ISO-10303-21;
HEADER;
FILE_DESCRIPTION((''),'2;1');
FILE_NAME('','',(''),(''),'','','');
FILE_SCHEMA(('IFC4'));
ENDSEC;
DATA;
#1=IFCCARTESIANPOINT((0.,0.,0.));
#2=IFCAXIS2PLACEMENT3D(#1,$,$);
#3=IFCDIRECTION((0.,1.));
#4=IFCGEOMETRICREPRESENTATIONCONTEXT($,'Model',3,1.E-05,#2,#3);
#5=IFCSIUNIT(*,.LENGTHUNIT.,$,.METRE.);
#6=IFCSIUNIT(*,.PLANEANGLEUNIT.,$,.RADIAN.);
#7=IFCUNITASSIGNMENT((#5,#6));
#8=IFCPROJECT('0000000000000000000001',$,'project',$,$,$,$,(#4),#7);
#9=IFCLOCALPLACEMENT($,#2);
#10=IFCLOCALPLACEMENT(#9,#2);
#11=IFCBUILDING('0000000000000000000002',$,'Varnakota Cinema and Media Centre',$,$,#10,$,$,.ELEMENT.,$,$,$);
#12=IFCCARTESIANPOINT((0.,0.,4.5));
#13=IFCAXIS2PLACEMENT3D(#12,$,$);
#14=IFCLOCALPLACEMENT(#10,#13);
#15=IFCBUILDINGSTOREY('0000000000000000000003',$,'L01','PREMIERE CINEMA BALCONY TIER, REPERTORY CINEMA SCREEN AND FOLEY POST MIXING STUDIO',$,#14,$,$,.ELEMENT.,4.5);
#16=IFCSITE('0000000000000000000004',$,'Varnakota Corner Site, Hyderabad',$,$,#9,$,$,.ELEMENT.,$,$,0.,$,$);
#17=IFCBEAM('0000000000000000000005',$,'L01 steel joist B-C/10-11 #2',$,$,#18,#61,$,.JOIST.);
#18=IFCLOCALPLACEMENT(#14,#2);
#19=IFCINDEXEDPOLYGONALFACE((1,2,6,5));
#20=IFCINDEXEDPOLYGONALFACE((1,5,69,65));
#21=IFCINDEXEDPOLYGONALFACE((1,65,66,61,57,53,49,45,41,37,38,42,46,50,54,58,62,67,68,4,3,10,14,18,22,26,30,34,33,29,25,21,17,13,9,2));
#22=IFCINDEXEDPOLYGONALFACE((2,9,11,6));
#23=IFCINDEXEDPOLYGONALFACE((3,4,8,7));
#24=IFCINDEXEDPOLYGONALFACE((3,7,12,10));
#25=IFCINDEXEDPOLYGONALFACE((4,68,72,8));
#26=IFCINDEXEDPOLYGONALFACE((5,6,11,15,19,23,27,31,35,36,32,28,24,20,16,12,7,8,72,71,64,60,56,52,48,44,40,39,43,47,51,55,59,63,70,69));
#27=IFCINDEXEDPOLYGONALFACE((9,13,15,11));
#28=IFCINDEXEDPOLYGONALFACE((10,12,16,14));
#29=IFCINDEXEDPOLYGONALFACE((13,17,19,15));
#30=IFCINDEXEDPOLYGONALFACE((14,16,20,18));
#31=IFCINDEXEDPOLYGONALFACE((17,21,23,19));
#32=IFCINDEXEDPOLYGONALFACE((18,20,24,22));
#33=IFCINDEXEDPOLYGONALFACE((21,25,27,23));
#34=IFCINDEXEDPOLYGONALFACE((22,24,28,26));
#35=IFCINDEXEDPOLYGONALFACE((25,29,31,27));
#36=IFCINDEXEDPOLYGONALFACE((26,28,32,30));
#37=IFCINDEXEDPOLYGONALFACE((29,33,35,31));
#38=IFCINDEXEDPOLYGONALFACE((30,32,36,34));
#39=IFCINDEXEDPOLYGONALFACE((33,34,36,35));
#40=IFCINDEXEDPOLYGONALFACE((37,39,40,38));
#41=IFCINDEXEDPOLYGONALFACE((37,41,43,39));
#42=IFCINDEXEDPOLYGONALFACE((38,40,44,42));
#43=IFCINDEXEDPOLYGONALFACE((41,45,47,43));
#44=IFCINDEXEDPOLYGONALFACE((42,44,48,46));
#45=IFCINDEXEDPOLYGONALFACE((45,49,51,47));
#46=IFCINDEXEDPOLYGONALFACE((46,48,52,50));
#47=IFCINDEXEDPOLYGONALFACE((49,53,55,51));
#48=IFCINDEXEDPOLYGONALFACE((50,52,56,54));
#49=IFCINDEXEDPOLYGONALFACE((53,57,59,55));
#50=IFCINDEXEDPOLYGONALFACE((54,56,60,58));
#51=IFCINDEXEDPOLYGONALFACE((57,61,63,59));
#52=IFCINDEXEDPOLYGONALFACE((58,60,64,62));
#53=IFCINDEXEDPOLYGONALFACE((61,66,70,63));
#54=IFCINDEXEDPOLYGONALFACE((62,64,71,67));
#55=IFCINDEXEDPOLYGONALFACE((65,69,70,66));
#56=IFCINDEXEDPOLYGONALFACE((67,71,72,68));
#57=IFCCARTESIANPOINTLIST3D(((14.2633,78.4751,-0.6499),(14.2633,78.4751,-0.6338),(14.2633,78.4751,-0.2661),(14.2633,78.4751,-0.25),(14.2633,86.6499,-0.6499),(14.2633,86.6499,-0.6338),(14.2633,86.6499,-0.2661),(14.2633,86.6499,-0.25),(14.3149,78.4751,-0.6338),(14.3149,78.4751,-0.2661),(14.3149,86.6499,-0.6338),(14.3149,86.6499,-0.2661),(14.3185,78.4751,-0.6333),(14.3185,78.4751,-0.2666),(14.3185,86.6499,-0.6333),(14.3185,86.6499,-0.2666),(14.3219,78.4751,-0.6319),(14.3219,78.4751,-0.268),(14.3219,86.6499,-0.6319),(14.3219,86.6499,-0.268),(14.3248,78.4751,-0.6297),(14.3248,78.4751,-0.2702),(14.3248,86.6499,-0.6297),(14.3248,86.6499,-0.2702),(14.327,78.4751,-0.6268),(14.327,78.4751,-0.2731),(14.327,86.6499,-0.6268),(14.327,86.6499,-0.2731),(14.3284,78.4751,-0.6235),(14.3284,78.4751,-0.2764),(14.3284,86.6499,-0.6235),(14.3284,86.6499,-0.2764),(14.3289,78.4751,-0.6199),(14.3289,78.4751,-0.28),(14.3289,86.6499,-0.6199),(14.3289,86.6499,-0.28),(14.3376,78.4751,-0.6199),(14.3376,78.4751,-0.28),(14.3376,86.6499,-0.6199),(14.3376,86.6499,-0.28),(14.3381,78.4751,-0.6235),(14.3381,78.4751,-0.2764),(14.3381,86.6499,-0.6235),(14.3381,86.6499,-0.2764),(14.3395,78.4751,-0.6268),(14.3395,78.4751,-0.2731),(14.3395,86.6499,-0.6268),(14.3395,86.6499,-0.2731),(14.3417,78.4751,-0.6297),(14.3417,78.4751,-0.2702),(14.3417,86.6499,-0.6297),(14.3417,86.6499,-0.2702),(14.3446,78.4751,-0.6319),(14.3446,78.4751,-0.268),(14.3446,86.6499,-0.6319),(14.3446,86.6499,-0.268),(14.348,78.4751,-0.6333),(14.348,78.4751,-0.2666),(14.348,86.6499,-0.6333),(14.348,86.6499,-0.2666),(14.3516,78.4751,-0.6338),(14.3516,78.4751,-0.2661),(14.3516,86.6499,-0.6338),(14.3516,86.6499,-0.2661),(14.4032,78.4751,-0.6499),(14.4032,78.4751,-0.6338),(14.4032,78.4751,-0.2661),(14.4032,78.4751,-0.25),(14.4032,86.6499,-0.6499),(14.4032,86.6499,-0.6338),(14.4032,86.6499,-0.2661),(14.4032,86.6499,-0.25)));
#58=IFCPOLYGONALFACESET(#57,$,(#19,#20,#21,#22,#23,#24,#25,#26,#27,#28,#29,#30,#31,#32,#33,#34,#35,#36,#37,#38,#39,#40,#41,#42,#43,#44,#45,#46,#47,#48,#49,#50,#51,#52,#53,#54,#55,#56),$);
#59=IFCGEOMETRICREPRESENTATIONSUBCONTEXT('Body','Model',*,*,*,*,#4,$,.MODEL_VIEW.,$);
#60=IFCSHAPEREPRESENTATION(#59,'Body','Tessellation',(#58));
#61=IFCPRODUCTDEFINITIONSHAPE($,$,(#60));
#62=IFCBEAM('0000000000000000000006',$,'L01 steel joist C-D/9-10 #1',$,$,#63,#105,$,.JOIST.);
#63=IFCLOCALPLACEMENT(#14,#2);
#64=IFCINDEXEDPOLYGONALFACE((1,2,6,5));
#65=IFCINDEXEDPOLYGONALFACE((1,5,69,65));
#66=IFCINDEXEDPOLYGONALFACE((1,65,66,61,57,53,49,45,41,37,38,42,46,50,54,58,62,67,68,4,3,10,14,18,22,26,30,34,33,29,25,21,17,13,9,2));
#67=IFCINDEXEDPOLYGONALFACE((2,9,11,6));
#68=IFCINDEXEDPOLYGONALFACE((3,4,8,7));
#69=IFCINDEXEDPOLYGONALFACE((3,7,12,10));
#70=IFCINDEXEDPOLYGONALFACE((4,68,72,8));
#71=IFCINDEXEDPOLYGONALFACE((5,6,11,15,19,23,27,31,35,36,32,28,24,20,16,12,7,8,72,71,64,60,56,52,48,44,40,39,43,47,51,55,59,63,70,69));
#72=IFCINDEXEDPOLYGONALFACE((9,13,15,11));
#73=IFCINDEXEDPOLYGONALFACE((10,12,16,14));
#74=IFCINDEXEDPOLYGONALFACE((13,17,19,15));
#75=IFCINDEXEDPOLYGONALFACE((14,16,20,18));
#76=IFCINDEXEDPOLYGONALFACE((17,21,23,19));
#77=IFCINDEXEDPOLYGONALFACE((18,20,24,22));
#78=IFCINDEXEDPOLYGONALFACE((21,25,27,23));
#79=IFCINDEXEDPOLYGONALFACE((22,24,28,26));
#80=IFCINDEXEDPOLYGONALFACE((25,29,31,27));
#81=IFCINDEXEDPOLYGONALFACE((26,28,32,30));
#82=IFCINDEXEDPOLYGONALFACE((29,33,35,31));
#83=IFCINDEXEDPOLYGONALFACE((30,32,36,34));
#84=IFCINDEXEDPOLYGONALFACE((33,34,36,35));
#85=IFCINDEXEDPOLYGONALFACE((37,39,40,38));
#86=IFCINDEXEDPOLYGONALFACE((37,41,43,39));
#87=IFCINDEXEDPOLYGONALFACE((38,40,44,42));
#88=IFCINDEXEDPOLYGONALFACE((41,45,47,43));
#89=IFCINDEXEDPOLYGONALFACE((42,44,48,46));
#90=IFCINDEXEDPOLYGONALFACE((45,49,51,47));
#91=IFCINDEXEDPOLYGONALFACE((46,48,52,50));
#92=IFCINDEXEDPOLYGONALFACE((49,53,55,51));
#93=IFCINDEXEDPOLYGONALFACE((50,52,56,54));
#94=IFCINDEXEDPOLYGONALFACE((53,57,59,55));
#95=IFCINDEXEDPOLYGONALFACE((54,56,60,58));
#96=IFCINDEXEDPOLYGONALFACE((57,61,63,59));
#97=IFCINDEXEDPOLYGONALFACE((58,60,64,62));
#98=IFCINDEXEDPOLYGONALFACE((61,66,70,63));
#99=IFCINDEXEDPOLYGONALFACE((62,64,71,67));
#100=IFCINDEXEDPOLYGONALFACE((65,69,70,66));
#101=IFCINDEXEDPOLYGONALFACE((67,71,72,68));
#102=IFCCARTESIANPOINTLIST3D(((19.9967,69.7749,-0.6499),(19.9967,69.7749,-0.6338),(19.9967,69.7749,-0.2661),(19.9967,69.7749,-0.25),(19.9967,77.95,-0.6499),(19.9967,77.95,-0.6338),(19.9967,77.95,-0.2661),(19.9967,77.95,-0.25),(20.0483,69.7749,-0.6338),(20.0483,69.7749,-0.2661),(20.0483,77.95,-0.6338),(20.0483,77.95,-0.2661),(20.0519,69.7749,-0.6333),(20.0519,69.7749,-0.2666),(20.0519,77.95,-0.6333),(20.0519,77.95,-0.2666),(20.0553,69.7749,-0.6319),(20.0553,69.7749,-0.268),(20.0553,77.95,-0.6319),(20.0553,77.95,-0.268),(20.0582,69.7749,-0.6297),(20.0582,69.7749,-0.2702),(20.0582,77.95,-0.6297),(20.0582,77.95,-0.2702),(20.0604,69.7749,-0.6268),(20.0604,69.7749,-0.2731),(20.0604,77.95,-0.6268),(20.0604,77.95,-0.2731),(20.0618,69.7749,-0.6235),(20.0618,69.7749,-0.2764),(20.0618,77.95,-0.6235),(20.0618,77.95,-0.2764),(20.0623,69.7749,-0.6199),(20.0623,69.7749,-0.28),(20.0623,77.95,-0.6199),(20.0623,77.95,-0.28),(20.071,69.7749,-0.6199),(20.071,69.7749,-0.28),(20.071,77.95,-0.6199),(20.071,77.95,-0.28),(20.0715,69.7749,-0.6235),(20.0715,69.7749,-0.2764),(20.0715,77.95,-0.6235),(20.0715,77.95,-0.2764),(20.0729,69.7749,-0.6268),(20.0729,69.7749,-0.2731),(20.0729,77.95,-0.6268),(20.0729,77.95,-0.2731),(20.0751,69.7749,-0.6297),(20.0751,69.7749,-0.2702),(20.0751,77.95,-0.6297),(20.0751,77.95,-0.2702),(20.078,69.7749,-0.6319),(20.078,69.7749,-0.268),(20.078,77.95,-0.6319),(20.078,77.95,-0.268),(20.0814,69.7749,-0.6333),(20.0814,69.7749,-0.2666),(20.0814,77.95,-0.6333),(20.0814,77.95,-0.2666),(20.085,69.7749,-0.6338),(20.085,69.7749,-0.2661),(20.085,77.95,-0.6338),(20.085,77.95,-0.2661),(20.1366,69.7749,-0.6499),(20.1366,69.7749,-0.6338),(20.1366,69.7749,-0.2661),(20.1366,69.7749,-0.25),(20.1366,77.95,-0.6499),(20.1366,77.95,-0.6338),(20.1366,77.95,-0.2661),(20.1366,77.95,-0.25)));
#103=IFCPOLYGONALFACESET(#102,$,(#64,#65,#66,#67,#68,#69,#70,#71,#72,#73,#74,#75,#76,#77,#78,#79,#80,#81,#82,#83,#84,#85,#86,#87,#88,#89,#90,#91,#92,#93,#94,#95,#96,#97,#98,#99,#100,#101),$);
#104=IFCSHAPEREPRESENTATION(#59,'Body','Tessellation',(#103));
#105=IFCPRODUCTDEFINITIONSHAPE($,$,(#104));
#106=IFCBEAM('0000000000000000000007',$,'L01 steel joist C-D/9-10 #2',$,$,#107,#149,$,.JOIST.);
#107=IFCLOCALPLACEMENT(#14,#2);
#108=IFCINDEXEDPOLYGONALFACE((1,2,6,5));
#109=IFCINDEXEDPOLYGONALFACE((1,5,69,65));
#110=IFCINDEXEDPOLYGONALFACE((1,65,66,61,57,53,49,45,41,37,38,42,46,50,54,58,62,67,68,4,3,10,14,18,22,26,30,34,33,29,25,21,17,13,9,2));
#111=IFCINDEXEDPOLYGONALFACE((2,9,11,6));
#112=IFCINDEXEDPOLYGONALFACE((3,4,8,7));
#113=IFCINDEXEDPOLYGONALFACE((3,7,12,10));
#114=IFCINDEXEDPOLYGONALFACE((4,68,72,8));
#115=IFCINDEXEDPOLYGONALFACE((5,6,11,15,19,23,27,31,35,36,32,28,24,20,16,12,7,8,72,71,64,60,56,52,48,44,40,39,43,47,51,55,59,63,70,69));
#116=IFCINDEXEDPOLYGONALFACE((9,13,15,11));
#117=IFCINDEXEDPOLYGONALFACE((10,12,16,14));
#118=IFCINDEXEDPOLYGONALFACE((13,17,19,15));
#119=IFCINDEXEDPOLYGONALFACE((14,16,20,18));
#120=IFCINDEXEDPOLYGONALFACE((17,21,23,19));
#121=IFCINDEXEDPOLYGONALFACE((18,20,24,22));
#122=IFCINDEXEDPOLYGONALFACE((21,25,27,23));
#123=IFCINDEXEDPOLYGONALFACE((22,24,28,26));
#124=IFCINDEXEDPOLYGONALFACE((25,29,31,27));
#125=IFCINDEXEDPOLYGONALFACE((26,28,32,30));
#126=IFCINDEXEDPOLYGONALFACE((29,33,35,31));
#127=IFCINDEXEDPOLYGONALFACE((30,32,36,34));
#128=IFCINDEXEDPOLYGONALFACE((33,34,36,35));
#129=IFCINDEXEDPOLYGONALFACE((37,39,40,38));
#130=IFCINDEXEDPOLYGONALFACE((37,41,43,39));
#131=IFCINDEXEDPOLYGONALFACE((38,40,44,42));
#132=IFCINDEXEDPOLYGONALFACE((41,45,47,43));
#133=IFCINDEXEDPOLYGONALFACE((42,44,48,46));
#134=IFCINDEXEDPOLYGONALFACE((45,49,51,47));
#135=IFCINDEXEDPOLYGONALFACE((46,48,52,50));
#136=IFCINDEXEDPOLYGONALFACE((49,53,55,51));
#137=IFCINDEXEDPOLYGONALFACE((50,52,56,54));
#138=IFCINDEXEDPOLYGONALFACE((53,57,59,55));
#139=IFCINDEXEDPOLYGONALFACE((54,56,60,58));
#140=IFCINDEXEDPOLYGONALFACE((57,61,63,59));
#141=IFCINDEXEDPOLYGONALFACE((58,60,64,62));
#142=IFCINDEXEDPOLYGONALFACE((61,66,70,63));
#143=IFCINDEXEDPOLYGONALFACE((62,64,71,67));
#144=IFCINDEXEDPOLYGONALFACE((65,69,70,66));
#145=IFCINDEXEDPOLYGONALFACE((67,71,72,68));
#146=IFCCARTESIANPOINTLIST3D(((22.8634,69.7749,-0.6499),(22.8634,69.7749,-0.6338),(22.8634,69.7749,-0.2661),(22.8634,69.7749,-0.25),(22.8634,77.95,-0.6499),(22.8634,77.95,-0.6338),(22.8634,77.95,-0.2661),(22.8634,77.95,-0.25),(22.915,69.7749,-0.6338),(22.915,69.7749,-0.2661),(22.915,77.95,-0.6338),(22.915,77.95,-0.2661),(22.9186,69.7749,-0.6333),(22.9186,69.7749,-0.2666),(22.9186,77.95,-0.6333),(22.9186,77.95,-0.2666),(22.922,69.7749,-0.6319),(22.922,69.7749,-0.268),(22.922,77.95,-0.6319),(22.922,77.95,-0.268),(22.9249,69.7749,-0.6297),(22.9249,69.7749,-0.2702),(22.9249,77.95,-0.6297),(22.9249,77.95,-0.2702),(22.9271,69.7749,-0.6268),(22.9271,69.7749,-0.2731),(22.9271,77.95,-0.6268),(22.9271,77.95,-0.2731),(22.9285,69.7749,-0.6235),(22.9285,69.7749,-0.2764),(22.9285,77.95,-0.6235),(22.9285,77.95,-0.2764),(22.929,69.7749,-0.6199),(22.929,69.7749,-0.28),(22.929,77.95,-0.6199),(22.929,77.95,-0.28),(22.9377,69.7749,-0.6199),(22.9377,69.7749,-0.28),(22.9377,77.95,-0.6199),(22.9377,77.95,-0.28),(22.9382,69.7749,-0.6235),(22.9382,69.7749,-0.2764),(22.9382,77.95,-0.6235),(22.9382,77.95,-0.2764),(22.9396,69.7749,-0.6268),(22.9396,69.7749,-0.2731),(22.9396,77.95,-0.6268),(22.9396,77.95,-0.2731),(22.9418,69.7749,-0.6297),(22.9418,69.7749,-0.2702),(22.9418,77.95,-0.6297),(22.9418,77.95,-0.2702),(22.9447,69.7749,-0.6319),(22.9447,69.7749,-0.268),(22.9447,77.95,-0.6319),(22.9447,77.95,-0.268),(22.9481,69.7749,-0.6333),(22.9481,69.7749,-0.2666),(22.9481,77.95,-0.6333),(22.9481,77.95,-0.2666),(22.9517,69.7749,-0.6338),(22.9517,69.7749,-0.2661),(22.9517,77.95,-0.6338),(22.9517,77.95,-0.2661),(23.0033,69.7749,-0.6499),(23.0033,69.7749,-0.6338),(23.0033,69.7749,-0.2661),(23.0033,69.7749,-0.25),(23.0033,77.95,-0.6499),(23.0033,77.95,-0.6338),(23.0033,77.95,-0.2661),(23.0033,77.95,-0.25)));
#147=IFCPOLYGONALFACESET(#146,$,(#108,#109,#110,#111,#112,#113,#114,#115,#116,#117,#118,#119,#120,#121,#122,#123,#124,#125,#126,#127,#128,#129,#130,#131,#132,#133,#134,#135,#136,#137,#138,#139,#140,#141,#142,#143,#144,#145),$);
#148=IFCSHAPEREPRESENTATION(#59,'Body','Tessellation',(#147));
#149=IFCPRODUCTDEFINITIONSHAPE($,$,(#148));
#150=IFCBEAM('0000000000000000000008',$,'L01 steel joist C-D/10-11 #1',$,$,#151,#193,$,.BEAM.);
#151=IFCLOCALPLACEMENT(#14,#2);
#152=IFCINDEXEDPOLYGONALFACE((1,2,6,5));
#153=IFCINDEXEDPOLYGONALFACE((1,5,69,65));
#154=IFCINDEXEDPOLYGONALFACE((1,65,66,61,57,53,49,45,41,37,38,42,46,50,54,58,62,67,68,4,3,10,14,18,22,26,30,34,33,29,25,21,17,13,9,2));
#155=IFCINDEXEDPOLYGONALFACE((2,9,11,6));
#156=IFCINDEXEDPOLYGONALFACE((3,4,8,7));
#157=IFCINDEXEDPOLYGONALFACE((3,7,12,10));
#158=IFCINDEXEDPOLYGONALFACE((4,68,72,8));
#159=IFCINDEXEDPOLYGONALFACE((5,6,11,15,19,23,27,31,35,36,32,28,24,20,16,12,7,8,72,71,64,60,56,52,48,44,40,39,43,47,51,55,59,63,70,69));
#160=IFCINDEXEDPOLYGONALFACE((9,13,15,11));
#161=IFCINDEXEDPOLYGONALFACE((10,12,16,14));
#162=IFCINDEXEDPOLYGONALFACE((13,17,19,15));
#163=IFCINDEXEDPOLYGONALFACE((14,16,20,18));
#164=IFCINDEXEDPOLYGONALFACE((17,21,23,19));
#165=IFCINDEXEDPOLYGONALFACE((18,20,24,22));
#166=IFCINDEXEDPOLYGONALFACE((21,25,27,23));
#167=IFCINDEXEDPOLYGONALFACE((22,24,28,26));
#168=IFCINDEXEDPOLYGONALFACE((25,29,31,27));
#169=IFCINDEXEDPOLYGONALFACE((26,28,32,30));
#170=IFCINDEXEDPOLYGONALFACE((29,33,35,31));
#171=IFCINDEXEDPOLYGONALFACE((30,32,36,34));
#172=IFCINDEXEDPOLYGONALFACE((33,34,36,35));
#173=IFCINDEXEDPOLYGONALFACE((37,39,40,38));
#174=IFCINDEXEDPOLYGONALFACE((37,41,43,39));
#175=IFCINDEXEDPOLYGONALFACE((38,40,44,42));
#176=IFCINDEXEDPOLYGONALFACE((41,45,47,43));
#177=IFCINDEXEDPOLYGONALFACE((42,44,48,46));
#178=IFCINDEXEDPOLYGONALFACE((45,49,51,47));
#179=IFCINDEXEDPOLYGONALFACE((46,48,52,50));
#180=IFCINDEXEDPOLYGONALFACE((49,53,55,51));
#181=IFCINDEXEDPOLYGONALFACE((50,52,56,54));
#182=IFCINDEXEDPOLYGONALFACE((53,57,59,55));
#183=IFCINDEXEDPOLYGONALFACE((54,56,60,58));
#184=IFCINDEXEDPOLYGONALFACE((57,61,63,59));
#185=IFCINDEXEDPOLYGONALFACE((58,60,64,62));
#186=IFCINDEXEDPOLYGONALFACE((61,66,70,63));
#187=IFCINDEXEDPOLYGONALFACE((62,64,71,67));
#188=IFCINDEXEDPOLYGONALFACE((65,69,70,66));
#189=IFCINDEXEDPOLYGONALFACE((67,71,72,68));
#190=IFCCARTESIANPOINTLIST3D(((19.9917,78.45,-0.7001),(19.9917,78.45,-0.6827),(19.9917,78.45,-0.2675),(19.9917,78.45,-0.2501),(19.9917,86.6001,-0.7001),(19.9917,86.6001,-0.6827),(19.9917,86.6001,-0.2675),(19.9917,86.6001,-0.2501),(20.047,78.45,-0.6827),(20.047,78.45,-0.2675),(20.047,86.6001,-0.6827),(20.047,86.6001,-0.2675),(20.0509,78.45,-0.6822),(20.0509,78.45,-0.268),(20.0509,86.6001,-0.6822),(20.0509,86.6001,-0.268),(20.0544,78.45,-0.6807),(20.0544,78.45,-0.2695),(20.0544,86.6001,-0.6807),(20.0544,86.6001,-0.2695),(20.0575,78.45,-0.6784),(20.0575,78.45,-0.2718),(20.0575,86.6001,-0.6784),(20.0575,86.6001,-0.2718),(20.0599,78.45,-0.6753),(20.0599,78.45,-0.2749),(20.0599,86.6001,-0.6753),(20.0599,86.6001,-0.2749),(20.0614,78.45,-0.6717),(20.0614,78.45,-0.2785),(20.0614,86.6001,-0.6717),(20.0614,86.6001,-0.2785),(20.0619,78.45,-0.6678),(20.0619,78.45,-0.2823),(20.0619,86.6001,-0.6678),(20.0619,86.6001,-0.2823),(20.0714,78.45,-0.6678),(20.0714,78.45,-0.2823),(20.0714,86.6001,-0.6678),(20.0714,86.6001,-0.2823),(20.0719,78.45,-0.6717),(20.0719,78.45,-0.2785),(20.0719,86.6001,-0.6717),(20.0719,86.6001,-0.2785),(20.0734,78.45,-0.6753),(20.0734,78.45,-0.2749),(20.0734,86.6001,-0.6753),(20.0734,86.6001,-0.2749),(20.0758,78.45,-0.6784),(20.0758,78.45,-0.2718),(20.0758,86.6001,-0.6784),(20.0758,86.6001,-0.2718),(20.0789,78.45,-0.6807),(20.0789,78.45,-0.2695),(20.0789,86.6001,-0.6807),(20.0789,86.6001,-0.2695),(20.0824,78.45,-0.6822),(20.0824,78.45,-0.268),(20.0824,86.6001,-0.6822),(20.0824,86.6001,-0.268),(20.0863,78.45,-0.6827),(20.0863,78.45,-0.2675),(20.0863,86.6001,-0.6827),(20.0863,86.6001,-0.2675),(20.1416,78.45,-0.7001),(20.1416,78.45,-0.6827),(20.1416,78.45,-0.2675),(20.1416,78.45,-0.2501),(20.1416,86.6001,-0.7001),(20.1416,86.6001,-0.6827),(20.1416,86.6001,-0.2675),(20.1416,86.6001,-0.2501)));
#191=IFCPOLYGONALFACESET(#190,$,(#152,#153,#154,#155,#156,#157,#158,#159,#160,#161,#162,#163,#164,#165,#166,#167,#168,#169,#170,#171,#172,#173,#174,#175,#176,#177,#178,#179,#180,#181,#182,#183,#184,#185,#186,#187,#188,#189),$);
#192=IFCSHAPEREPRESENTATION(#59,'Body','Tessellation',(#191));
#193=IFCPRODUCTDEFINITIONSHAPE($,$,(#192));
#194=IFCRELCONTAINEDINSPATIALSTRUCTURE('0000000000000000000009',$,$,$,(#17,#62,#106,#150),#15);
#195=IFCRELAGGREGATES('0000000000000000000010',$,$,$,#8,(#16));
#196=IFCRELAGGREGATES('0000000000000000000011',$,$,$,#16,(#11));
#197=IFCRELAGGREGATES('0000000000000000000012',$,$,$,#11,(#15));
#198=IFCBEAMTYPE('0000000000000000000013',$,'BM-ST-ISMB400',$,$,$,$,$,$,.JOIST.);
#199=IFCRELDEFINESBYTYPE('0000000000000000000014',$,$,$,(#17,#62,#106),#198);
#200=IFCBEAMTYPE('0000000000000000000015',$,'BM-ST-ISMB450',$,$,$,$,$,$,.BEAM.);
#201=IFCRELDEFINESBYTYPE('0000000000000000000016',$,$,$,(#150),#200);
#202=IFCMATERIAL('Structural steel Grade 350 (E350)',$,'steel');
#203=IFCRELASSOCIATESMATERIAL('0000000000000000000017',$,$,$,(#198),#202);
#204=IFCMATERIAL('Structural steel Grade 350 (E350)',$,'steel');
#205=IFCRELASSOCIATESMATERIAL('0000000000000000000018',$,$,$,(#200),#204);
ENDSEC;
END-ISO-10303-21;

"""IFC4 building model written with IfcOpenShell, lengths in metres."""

from ifc_helpers import new_model, si_unit, direction, frame, origin, origin_2d, place, context, subcontext, project, spatial, i_section, extrude, material, material_profile, profile_set, type_object, element, save


model = new_model("IFC4")

# Units and contexts
model_context = context("Model", 3, precision=1e-05, world=origin(), true_north=direction((0.0, 1.0)))
body_context = subcontext(model_context, "Body", "Model", "MODEL_VIEW")
ifc_project = project(units=[si_unit("LENGTHUNIT", "METRE"), si_unit("PLANEANGLEUNIT", "RADIAN")], contexts=[model_context])

# Site, building, storey
site_placement = place(None, origin())
site = spatial("IfcSite", under=ifc_project, at=site_placement, Name="Varnakota Corner Site, Hyderabad", CompositionType="ELEMENT", RefElevation=0.0)
building_placement = place(site_placement, origin())
building = spatial("IfcBuilding", under=site, at=building_placement, Name="Varnakota Cinema and Media Centre", CompositionType="ELEMENT")
storey_placement = place(building_placement, frame((0.0, 0.0, 4.5)))
storey = spatial("IfcBuildingStorey", under=building, at=storey_placement, Name="L01", Description="PREMIERE CINEMA BALCONY TIER, REPERTORY CINEMA SCREEN AND FOLEY POST MIXING STUDIO", CompositionType="ELEMENT", Elevation=4.5)

# Beams
ifc_material_1 = material(Name="Structural steel Grade 350 (E350)", Category="steel")
ifc_material_profile_1 = material_profile(ifc_material_1, i_section(OverallWidth=0.1399, OverallDepth=0.3999, WebThickness=0.0088, FlangeThickness=0.0161, FilletRadius=0.0139, at=origin_2d()), Name="ISMB 400")
ifc_profile_set_1 = profile_set([ifc_material_profile_1], Name="Structural steel Grade 350 (E350)")
beam_type_1 = type_object("IfcBeamType", Name="BM-ST-ISMB400", PredefinedType="JOIST", material=ifc_profile_set_1)
for number, where, z_axis, x_axis, name in (
    (1, (14.3333, 78.4751, -0.45), (0.0, 1.0, 0.0), (-1.0, 0.0, 0.0), "L01 steel joist B-C/10-11 #2"),
):
    element("IfcBeam", number, at=place(storey_placement, frame(where, z_axis=z_axis, x_axis=x_axis)), inside=storey, type_object=beam_type_1, Name=name, PredefinedType="JOIST", context=body_context, shape_type="SweptSolid", body=[
        extrude(i_section(OverallWidth=0.1399, OverallDepth=0.3999, WebThickness=0.0088, FlangeThickness=0.0161, FilletRadius=0.0139, at=origin_2d()), origin(), (0.0, 0.0, 1.0), 8.1748),
    ])
for number, where, z_axis, x_axis, name in (
    (2, (20.0667, 69.7749, -0.45), (0.0, 1.0, 0.0), (-1.0, 0.0, 0.0), "L01 steel joist C-D/9-10 #1"),
    (3, (22.9333, 69.7749, -0.45), (0.0, 1.0, 0.0), (-1.0, 0.0, 0.0), "L01 steel joist C-D/9-10 #2"),
):
    element("IfcBeam", number, at=place(storey_placement, frame(where, z_axis=z_axis, x_axis=x_axis)), inside=storey, type_object=beam_type_1, Name=name, PredefinedType="JOIST", context=body_context, shape_type="SweptSolid", body=[
        extrude(i_section(OverallWidth=0.1399, OverallDepth=0.3999, WebThickness=0.0088, FlangeThickness=0.0161, FilletRadius=0.0139, at=origin_2d()), origin(), (0.0, 0.0, 1.0), 8.175),
    ])
ifc_material_2 = material(Name="Structural steel Grade 350 (E350)", Category="steel")
ifc_material_profile_2 = material_profile(ifc_material_2, i_section(OverallWidth=0.1499, OverallDepth=0.45, WebThickness=0.0095, FlangeThickness=0.0173, FilletRadius=0.0149, at=origin_2d()), Name="ISMB 450")
ifc_profile_set_2 = profile_set([ifc_material_profile_2], Name="Structural steel Grade 350 (E350)")
beam_type_2 = type_object("IfcBeamType", Name="BM-ST-ISMB450", PredefinedType="BEAM", material=ifc_profile_set_2)
for number, where, z_axis, x_axis, name in (
    (4, (20.0667, 78.45, -0.4751), (0.0, 1.0, 0.0), (-1.0, 0.0, 0.0), "L01 steel joist C-D/10-11 #1"),
):
    element("IfcBeam", number, at=place(storey_placement, frame(where, z_axis=z_axis, x_axis=x_axis)), inside=storey, type_object=beam_type_2, Name=name, PredefinedType="BEAM", context=body_context, shape_type="SweptSolid", body=[
        extrude(i_section(OverallWidth=0.1499, OverallDepth=0.45, WebThickness=0.0095, FlangeThickness=0.0173, FilletRadius=0.0149, at=origin_2d()), origin(), (0.0, 0.0, 1.0), 8.1501),
    ])

save(model, "model.ifc")
